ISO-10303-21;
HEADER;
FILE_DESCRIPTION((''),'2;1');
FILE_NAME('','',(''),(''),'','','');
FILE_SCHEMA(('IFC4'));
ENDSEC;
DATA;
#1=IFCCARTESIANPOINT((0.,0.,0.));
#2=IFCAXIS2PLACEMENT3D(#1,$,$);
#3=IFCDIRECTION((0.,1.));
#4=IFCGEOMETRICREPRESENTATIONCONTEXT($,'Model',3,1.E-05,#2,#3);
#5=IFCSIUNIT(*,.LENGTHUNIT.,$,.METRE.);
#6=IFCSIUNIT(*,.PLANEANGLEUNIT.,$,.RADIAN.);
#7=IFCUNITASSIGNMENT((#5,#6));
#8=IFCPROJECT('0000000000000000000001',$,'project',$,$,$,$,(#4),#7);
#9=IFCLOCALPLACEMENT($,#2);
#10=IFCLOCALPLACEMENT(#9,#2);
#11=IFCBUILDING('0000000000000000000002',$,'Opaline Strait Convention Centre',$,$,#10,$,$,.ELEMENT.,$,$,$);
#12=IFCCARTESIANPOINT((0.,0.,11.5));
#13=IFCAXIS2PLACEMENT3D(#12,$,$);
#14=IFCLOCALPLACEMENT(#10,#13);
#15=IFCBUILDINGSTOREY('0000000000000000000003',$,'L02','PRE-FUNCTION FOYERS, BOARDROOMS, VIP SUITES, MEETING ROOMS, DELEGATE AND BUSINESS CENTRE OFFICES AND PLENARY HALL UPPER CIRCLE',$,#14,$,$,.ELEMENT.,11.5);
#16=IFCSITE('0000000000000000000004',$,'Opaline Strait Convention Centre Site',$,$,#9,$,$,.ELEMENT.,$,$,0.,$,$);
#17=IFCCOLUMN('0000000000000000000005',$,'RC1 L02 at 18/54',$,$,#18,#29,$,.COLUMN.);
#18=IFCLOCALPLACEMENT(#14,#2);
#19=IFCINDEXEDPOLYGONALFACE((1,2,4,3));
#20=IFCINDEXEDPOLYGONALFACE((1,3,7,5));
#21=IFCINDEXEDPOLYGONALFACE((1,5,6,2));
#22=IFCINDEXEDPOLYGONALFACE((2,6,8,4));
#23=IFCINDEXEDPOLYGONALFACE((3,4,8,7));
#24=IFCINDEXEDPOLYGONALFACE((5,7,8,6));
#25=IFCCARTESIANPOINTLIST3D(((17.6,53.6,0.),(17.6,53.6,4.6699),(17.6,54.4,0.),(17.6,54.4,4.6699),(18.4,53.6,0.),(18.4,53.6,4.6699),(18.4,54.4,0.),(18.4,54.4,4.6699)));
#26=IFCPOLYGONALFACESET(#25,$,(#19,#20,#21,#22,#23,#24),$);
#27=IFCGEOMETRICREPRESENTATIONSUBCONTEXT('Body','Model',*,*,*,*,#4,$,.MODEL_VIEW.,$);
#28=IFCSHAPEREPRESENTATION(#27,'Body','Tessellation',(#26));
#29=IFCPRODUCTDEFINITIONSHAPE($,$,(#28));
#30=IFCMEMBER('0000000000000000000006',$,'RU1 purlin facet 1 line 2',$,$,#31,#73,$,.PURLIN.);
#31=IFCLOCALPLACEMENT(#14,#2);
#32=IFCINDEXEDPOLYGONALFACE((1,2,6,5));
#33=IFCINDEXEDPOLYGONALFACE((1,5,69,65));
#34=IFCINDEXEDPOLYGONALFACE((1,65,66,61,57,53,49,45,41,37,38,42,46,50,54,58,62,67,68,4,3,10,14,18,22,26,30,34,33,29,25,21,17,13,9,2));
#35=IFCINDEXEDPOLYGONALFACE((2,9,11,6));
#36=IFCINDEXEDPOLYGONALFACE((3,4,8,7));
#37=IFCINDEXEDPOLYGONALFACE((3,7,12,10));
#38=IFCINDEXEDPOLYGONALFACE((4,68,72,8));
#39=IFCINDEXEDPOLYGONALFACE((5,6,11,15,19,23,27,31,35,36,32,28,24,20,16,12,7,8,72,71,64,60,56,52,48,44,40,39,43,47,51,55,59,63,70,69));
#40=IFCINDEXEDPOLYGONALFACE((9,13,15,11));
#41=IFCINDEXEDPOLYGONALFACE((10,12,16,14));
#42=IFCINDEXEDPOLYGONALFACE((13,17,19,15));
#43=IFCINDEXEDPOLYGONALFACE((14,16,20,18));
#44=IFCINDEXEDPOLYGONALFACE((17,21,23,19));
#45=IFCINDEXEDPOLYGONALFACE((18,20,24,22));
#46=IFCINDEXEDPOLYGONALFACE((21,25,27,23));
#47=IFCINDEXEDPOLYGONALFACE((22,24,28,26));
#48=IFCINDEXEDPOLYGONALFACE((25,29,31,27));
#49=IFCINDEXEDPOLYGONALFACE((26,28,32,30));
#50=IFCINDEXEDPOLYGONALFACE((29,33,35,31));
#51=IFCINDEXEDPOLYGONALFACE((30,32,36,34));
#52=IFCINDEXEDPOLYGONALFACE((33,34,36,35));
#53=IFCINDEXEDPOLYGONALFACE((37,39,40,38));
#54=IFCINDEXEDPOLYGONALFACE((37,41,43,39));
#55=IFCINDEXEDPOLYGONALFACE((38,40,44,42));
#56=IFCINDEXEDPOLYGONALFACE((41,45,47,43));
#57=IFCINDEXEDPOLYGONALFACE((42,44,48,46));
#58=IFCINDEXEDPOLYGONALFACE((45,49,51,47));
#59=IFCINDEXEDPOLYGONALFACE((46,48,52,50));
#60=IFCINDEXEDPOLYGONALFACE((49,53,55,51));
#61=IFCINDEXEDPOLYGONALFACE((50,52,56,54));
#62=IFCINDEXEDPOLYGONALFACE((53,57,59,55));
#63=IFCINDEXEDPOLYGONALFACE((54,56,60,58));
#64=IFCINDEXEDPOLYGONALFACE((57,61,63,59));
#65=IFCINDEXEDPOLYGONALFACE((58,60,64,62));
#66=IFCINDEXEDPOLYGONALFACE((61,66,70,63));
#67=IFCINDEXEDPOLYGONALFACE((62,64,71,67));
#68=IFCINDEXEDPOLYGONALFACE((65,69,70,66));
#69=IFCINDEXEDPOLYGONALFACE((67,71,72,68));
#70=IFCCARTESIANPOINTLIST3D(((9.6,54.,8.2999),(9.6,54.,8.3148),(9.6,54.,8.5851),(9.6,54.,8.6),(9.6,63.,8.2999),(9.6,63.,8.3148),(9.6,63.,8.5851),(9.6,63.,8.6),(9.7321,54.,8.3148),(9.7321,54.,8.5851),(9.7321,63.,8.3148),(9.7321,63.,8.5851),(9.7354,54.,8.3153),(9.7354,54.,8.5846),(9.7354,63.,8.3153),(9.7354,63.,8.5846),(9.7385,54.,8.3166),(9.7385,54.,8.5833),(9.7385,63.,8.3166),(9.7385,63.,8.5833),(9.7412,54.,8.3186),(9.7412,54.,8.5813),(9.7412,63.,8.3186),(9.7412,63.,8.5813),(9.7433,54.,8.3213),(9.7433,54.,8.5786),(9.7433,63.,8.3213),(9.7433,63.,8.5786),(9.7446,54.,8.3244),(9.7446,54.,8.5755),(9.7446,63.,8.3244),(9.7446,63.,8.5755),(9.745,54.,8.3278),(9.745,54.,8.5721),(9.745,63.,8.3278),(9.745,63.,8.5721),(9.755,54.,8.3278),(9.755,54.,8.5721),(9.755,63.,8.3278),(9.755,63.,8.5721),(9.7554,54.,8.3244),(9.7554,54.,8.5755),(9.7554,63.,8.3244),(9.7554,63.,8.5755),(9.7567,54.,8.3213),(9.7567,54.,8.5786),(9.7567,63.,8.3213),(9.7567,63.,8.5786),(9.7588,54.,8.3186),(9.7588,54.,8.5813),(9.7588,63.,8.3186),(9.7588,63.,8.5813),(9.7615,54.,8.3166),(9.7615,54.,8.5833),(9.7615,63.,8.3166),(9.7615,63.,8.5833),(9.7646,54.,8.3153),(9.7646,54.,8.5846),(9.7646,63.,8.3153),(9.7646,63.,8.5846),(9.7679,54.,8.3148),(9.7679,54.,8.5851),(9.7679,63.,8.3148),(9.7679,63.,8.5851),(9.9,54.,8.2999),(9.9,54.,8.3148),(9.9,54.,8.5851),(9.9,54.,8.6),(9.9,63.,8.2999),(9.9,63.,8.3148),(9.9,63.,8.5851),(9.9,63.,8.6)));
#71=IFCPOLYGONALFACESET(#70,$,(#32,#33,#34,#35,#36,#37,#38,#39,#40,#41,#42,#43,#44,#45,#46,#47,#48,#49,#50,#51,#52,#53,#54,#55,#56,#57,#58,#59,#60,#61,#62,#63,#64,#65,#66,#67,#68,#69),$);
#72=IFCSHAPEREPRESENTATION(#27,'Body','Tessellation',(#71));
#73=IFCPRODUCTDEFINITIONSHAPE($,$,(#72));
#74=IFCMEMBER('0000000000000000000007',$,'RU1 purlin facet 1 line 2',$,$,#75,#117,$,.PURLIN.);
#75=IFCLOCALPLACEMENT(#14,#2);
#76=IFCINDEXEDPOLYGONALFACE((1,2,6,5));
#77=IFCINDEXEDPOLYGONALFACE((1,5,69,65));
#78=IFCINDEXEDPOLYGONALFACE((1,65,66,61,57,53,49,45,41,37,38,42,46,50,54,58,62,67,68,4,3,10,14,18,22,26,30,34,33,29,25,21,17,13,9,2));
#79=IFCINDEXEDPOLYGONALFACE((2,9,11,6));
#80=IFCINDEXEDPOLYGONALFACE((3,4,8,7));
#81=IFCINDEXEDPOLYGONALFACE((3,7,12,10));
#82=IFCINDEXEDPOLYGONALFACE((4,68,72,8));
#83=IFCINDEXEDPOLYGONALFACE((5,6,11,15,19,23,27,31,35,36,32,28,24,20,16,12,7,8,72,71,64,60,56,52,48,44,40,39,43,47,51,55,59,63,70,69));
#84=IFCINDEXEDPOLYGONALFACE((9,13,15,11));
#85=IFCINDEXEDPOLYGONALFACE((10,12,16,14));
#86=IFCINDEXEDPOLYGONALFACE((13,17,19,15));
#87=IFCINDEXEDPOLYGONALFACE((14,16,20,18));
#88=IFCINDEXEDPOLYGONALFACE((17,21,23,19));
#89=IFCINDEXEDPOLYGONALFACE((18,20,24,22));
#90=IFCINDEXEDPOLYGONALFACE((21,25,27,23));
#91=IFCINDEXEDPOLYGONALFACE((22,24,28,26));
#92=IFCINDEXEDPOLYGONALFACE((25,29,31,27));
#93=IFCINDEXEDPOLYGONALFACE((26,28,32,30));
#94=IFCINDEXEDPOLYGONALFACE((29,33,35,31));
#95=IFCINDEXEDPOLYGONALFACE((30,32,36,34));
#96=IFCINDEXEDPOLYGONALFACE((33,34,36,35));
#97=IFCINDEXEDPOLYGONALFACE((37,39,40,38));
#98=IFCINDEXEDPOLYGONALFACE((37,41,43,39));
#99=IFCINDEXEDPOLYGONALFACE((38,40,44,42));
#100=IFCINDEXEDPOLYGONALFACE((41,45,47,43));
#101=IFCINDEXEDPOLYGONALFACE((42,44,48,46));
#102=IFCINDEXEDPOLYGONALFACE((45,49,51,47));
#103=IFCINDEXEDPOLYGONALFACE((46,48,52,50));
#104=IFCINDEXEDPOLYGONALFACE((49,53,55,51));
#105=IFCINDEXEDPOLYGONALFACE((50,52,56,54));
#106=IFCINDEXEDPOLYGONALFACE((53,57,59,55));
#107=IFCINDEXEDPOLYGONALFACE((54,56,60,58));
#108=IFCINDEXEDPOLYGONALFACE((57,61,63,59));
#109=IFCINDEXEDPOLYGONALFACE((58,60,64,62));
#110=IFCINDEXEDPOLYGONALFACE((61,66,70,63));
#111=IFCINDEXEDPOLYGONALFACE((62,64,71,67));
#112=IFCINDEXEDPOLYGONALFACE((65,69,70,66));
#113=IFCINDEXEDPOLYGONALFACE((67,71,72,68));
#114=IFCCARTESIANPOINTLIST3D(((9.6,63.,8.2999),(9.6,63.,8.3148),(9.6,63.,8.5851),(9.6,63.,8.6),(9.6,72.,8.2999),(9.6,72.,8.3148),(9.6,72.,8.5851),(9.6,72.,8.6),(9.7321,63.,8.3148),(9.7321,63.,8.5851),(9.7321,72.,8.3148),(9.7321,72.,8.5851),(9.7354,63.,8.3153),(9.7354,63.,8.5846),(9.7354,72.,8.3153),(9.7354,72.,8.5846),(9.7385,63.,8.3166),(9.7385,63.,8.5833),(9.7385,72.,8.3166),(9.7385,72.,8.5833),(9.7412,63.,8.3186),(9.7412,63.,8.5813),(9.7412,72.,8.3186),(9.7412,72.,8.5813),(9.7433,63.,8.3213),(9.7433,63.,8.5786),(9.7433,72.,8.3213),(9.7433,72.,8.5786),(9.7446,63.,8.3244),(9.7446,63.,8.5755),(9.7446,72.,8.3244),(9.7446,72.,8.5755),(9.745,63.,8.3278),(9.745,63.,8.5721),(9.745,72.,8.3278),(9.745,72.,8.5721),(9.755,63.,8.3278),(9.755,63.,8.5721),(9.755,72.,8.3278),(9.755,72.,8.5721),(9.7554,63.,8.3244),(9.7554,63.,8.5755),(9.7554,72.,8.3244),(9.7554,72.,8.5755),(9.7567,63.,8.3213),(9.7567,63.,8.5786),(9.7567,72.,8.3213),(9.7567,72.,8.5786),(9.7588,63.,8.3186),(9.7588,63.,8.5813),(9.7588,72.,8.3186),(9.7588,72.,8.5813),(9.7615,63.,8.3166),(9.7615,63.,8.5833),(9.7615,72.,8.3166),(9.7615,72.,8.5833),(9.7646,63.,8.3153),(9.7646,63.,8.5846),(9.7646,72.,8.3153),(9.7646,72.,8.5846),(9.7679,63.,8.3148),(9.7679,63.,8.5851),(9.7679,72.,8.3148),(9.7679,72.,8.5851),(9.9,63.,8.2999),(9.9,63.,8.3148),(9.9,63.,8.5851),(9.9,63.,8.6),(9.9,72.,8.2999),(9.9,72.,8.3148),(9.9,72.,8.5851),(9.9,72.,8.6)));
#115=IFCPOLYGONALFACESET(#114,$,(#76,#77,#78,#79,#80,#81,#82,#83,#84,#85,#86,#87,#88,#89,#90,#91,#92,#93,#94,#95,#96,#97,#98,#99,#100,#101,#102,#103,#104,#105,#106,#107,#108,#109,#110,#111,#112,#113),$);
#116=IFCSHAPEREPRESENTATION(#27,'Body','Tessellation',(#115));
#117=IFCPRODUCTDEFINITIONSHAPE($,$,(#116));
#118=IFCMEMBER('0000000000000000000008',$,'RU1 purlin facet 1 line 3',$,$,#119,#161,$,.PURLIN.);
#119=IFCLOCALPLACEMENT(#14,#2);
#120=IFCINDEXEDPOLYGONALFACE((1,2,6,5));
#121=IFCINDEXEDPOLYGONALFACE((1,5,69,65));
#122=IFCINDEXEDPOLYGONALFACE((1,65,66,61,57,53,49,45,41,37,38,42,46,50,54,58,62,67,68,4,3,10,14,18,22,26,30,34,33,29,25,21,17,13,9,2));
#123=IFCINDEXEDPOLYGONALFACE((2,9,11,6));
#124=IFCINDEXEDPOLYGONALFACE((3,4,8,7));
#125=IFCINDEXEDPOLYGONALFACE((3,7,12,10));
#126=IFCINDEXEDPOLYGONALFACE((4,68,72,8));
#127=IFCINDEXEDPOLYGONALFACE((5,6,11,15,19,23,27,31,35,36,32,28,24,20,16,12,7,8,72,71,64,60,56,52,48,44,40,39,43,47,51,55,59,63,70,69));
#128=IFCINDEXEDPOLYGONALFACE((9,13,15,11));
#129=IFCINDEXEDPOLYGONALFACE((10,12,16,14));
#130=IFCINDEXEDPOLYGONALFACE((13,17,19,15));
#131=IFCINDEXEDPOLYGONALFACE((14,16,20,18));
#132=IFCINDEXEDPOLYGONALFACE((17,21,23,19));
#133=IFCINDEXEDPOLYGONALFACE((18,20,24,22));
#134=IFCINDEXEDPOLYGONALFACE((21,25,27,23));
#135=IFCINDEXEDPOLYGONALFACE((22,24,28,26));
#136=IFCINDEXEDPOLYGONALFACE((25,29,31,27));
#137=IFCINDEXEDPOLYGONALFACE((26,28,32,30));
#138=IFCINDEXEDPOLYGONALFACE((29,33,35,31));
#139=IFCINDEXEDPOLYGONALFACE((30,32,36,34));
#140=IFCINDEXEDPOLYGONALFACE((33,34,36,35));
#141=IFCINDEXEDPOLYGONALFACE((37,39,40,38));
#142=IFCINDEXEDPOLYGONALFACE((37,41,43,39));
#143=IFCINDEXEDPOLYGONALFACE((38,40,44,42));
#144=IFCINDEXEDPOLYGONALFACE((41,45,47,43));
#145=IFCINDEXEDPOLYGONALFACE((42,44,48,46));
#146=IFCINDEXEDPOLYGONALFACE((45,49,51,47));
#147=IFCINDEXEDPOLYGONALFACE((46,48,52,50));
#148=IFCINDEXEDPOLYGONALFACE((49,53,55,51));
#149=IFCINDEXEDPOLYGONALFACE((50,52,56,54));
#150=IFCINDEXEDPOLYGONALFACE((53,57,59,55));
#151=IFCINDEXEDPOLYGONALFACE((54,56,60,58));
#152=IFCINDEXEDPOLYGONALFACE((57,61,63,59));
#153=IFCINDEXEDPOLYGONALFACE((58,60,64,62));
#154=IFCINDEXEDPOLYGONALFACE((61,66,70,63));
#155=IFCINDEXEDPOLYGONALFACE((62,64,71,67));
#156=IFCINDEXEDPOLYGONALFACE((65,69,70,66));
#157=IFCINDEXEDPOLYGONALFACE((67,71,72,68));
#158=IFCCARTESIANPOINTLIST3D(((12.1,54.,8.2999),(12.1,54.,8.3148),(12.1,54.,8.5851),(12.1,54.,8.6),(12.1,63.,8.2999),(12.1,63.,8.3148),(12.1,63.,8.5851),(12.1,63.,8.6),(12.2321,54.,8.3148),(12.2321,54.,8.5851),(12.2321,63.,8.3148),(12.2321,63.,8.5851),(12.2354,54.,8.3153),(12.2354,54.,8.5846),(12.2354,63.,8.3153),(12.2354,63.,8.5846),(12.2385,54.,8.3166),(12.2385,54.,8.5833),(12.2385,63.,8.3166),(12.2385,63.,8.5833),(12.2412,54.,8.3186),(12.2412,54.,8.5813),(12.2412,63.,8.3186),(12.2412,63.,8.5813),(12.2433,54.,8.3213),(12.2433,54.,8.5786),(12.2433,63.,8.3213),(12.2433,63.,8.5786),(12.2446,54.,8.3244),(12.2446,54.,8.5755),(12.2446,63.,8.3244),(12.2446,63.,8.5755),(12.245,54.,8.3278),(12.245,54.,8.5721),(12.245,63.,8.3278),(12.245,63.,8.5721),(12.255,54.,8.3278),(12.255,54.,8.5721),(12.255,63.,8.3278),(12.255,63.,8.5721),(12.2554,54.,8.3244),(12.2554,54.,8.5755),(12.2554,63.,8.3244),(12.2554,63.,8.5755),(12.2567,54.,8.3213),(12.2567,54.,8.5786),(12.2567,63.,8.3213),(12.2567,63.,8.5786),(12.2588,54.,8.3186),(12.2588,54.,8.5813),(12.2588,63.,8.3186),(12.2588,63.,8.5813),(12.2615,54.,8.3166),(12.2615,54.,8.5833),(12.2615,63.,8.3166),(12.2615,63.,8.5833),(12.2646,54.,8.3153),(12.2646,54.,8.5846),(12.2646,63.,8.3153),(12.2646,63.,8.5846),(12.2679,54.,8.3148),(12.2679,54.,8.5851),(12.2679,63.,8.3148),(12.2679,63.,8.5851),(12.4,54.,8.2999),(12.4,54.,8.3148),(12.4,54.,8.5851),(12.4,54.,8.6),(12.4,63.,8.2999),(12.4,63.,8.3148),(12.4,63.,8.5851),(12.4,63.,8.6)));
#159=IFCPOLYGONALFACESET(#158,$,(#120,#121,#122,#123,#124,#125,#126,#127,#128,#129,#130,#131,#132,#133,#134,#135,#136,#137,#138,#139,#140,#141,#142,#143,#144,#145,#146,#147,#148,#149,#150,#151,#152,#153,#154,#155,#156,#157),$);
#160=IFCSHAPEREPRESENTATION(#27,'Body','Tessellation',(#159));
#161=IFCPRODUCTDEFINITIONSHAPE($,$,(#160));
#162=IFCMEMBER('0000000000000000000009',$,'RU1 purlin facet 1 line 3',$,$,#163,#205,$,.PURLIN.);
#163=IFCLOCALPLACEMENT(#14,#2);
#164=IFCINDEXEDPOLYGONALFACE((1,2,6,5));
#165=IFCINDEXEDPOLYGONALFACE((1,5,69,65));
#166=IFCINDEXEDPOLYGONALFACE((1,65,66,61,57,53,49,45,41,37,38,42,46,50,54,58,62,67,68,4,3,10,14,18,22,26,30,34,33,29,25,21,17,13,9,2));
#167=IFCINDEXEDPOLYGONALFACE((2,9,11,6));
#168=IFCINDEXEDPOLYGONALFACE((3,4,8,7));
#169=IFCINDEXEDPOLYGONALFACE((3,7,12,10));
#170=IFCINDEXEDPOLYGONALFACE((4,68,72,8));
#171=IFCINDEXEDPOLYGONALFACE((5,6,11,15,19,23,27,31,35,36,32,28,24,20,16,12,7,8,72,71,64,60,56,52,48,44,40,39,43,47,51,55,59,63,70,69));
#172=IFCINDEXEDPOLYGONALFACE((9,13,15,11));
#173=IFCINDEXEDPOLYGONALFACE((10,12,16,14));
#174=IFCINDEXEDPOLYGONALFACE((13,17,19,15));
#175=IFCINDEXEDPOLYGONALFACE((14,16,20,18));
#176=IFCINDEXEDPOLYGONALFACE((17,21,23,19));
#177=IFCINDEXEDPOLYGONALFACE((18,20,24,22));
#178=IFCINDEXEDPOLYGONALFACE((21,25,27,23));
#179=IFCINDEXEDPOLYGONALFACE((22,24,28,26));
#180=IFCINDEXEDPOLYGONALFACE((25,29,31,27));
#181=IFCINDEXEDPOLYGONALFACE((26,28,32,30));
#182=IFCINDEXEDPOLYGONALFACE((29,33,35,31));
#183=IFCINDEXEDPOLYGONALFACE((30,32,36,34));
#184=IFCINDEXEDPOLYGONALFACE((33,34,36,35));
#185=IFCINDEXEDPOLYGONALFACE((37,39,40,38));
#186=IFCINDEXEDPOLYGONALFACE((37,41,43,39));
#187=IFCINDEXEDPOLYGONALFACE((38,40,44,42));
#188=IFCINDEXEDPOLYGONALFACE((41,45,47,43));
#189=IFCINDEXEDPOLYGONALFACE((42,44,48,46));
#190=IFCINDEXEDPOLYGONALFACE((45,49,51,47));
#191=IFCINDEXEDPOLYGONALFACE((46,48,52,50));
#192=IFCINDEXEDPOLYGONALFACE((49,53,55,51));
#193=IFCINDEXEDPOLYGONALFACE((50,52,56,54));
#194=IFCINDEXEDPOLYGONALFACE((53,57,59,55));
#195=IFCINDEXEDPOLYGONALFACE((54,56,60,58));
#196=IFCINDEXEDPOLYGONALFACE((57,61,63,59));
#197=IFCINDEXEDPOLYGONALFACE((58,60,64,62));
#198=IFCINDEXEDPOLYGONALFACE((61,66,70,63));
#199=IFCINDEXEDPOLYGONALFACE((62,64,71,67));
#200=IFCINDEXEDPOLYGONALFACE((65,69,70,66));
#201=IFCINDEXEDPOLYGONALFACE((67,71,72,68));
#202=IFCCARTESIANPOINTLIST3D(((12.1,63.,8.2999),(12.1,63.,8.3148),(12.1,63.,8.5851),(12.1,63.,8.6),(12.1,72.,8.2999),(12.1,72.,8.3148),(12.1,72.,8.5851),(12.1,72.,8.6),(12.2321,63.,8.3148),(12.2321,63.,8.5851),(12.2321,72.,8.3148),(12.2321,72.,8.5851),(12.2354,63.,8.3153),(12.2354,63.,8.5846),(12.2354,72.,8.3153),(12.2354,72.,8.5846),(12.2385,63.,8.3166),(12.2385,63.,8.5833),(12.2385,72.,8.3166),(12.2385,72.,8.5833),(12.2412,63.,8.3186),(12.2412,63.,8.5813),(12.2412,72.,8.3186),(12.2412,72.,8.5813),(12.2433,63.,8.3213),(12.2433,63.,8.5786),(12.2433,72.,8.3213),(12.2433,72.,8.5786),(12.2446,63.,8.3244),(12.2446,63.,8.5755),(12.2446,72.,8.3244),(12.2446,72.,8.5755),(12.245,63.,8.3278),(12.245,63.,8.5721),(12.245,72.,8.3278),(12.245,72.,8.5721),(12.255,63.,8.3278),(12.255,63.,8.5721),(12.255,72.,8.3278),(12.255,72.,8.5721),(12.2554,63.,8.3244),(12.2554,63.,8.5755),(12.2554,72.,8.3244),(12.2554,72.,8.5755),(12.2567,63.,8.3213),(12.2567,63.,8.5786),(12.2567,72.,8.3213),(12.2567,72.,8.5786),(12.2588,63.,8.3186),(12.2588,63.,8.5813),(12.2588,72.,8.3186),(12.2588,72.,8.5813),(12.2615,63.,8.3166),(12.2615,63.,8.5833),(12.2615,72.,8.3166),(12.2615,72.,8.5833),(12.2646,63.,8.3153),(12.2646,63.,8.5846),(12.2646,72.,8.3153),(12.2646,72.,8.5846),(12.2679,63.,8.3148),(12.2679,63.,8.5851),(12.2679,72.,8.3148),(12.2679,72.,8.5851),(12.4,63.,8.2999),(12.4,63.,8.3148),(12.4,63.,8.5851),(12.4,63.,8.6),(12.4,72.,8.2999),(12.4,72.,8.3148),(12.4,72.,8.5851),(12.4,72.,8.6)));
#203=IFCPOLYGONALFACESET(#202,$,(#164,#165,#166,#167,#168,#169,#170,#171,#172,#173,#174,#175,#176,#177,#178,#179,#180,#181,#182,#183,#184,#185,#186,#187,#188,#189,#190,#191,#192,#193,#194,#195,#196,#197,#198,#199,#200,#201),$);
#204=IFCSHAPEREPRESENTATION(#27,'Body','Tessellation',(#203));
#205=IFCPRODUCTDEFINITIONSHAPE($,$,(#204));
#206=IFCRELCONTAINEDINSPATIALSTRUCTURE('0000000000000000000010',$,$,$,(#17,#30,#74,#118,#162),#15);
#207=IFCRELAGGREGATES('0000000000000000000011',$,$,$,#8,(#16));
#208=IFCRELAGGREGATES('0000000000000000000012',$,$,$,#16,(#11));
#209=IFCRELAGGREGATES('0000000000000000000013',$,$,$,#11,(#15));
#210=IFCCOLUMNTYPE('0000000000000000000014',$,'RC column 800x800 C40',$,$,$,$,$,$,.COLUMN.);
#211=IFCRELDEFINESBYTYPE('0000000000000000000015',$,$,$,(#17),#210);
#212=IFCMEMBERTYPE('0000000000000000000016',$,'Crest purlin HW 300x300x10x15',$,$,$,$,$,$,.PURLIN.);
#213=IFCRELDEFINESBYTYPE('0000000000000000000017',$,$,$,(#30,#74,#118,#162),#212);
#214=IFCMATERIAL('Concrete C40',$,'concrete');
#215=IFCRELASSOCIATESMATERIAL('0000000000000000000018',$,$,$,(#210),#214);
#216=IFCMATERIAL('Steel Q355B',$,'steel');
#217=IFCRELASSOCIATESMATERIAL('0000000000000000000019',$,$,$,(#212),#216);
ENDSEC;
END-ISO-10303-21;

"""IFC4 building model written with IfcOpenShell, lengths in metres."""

from ifc_helpers import new_model, si_unit, direction, frame, origin, origin_2d, place, context, subcontext, project, spatial, rectangle, i_section, extrude, material, material_profile, profile_set, type_object, element, save


model = new_model("IFC4")

# Units and contexts
model_context = context("Model", 3, precision=1e-05, world=origin(), true_north=direction((0.0, 1.0)))
body_context = subcontext(model_context, "Body", "Model", "MODEL_VIEW")
ifc_project = project(units=[si_unit("LENGTHUNIT", "METRE"), si_unit("PLANEANGLEUNIT", "RADIAN")], contexts=[model_context])

# Site, building, storey
site_placement = place(None, origin())
site = spatial("IfcSite", under=ifc_project, at=site_placement, Name="Opaline Strait Convention Centre Site", CompositionType="ELEMENT", RefElevation=0.0)
building_placement = place(site_placement, origin())
building = spatial("IfcBuilding", under=site, at=building_placement, Name="Opaline Strait Convention Centre", CompositionType="ELEMENT")
storey_placement = place(building_placement, frame((0.0, 0.0, 11.5)))
storey = spatial("IfcBuildingStorey", under=building, at=storey_placement, Name="L02", Description="PRE-FUNCTION FOYERS, BOARDROOMS, VIP SUITES, MEETING ROOMS, DELEGATE AND BUSINESS CENTRE OFFICES AND PLENARY HALL UPPER CIRCLE", CompositionType="ELEMENT", Elevation=11.5)

# Column
ifc_material_1 = material(Name="Concrete C40", Category="concrete")
ifc_material_profile_1 = material_profile(ifc_material_1, rectangle(XDim=0.8, YDim=0.8, at=origin_2d()), Name="RC 800x800")
ifc_profile_set_1 = profile_set([ifc_material_profile_1], Name="Concrete C40")
column_type = type_object("IfcColumnType", Name="RC column 800x800 C40", PredefinedType="COLUMN", material=ifc_profile_set_1)
column_placement = place(storey_placement, frame((18.0, 54.0, 0.0), z_axis=(0.0, 0.0, 1.0), x_axis=(1.0, 0.0, 0.0)))
element("IfcColumn", 1, at=column_placement, inside=storey, type_object=column_type, Name="RC1 L02 at 18/54", PredefinedType="COLUMN", context=body_context, shape_type="SweptSolid", body=[
    extrude(rectangle(XDim=0.8, YDim=0.8, at=origin_2d()), origin(), (0.0, 0.0, 1.0), 4.6699),
])

# Members
ifc_material_2 = material(Name="Steel Q355B", Category="steel")
ifc_material_profile_2 = material_profile(ifc_material_2, i_section(OverallWidth=0.3, OverallDepth=0.3, WebThickness=0.01, FlangeThickness=0.0149, FilletRadius=0.0129, at=origin_2d()), Name="HW 300x300x10x15")
ifc_profile_set_2 = profile_set([ifc_material_profile_2], Name="Steel Q355B")
member_type_1 = type_object("IfcMemberType", Name="Crest purlin HW 300x300x10x15", PredefinedType="PURLIN", material=ifc_profile_set_2)
for number, where, z_axis, x_axis, name in (
    (2, (9.75, 54.0, 8.45), (0.0, 1.0, 0.0), (-1.0, 0.0, 0.0), "RU1 purlin facet 1 line 2"),
    (3, (9.75, 63.0, 8.45), (0.0, 1.0, 0.0), (-1.0, 0.0, 0.0), "RU1 purlin facet 1 line 2"),
    (4, (12.25, 54.0, 8.45), (0.0, 1.0, 0.0), (-1.0, 0.0, 0.0), "RU1 purlin facet 1 line 3"),
    (5, (12.25, 63.0, 8.45), (0.0, 1.0, 0.0), (-1.0, 0.0, 0.0), "RU1 purlin facet 1 line 3"),
):
    element("IfcMember", number, at=place(storey_placement, frame(where, z_axis=z_axis, x_axis=x_axis)), inside=storey, type_object=member_type_1, Name=name, PredefinedType="PURLIN", context=body_context, shape_type="SweptSolid", body=[
        extrude(i_section(OverallWidth=0.3, OverallDepth=0.3, WebThickness=0.01, FlangeThickness=0.0149, FilletRadius=0.0129, at=origin_2d()), origin(), (0.0, 0.0, 1.0), 9.0),
    ])

save(model, "model.ifc")
